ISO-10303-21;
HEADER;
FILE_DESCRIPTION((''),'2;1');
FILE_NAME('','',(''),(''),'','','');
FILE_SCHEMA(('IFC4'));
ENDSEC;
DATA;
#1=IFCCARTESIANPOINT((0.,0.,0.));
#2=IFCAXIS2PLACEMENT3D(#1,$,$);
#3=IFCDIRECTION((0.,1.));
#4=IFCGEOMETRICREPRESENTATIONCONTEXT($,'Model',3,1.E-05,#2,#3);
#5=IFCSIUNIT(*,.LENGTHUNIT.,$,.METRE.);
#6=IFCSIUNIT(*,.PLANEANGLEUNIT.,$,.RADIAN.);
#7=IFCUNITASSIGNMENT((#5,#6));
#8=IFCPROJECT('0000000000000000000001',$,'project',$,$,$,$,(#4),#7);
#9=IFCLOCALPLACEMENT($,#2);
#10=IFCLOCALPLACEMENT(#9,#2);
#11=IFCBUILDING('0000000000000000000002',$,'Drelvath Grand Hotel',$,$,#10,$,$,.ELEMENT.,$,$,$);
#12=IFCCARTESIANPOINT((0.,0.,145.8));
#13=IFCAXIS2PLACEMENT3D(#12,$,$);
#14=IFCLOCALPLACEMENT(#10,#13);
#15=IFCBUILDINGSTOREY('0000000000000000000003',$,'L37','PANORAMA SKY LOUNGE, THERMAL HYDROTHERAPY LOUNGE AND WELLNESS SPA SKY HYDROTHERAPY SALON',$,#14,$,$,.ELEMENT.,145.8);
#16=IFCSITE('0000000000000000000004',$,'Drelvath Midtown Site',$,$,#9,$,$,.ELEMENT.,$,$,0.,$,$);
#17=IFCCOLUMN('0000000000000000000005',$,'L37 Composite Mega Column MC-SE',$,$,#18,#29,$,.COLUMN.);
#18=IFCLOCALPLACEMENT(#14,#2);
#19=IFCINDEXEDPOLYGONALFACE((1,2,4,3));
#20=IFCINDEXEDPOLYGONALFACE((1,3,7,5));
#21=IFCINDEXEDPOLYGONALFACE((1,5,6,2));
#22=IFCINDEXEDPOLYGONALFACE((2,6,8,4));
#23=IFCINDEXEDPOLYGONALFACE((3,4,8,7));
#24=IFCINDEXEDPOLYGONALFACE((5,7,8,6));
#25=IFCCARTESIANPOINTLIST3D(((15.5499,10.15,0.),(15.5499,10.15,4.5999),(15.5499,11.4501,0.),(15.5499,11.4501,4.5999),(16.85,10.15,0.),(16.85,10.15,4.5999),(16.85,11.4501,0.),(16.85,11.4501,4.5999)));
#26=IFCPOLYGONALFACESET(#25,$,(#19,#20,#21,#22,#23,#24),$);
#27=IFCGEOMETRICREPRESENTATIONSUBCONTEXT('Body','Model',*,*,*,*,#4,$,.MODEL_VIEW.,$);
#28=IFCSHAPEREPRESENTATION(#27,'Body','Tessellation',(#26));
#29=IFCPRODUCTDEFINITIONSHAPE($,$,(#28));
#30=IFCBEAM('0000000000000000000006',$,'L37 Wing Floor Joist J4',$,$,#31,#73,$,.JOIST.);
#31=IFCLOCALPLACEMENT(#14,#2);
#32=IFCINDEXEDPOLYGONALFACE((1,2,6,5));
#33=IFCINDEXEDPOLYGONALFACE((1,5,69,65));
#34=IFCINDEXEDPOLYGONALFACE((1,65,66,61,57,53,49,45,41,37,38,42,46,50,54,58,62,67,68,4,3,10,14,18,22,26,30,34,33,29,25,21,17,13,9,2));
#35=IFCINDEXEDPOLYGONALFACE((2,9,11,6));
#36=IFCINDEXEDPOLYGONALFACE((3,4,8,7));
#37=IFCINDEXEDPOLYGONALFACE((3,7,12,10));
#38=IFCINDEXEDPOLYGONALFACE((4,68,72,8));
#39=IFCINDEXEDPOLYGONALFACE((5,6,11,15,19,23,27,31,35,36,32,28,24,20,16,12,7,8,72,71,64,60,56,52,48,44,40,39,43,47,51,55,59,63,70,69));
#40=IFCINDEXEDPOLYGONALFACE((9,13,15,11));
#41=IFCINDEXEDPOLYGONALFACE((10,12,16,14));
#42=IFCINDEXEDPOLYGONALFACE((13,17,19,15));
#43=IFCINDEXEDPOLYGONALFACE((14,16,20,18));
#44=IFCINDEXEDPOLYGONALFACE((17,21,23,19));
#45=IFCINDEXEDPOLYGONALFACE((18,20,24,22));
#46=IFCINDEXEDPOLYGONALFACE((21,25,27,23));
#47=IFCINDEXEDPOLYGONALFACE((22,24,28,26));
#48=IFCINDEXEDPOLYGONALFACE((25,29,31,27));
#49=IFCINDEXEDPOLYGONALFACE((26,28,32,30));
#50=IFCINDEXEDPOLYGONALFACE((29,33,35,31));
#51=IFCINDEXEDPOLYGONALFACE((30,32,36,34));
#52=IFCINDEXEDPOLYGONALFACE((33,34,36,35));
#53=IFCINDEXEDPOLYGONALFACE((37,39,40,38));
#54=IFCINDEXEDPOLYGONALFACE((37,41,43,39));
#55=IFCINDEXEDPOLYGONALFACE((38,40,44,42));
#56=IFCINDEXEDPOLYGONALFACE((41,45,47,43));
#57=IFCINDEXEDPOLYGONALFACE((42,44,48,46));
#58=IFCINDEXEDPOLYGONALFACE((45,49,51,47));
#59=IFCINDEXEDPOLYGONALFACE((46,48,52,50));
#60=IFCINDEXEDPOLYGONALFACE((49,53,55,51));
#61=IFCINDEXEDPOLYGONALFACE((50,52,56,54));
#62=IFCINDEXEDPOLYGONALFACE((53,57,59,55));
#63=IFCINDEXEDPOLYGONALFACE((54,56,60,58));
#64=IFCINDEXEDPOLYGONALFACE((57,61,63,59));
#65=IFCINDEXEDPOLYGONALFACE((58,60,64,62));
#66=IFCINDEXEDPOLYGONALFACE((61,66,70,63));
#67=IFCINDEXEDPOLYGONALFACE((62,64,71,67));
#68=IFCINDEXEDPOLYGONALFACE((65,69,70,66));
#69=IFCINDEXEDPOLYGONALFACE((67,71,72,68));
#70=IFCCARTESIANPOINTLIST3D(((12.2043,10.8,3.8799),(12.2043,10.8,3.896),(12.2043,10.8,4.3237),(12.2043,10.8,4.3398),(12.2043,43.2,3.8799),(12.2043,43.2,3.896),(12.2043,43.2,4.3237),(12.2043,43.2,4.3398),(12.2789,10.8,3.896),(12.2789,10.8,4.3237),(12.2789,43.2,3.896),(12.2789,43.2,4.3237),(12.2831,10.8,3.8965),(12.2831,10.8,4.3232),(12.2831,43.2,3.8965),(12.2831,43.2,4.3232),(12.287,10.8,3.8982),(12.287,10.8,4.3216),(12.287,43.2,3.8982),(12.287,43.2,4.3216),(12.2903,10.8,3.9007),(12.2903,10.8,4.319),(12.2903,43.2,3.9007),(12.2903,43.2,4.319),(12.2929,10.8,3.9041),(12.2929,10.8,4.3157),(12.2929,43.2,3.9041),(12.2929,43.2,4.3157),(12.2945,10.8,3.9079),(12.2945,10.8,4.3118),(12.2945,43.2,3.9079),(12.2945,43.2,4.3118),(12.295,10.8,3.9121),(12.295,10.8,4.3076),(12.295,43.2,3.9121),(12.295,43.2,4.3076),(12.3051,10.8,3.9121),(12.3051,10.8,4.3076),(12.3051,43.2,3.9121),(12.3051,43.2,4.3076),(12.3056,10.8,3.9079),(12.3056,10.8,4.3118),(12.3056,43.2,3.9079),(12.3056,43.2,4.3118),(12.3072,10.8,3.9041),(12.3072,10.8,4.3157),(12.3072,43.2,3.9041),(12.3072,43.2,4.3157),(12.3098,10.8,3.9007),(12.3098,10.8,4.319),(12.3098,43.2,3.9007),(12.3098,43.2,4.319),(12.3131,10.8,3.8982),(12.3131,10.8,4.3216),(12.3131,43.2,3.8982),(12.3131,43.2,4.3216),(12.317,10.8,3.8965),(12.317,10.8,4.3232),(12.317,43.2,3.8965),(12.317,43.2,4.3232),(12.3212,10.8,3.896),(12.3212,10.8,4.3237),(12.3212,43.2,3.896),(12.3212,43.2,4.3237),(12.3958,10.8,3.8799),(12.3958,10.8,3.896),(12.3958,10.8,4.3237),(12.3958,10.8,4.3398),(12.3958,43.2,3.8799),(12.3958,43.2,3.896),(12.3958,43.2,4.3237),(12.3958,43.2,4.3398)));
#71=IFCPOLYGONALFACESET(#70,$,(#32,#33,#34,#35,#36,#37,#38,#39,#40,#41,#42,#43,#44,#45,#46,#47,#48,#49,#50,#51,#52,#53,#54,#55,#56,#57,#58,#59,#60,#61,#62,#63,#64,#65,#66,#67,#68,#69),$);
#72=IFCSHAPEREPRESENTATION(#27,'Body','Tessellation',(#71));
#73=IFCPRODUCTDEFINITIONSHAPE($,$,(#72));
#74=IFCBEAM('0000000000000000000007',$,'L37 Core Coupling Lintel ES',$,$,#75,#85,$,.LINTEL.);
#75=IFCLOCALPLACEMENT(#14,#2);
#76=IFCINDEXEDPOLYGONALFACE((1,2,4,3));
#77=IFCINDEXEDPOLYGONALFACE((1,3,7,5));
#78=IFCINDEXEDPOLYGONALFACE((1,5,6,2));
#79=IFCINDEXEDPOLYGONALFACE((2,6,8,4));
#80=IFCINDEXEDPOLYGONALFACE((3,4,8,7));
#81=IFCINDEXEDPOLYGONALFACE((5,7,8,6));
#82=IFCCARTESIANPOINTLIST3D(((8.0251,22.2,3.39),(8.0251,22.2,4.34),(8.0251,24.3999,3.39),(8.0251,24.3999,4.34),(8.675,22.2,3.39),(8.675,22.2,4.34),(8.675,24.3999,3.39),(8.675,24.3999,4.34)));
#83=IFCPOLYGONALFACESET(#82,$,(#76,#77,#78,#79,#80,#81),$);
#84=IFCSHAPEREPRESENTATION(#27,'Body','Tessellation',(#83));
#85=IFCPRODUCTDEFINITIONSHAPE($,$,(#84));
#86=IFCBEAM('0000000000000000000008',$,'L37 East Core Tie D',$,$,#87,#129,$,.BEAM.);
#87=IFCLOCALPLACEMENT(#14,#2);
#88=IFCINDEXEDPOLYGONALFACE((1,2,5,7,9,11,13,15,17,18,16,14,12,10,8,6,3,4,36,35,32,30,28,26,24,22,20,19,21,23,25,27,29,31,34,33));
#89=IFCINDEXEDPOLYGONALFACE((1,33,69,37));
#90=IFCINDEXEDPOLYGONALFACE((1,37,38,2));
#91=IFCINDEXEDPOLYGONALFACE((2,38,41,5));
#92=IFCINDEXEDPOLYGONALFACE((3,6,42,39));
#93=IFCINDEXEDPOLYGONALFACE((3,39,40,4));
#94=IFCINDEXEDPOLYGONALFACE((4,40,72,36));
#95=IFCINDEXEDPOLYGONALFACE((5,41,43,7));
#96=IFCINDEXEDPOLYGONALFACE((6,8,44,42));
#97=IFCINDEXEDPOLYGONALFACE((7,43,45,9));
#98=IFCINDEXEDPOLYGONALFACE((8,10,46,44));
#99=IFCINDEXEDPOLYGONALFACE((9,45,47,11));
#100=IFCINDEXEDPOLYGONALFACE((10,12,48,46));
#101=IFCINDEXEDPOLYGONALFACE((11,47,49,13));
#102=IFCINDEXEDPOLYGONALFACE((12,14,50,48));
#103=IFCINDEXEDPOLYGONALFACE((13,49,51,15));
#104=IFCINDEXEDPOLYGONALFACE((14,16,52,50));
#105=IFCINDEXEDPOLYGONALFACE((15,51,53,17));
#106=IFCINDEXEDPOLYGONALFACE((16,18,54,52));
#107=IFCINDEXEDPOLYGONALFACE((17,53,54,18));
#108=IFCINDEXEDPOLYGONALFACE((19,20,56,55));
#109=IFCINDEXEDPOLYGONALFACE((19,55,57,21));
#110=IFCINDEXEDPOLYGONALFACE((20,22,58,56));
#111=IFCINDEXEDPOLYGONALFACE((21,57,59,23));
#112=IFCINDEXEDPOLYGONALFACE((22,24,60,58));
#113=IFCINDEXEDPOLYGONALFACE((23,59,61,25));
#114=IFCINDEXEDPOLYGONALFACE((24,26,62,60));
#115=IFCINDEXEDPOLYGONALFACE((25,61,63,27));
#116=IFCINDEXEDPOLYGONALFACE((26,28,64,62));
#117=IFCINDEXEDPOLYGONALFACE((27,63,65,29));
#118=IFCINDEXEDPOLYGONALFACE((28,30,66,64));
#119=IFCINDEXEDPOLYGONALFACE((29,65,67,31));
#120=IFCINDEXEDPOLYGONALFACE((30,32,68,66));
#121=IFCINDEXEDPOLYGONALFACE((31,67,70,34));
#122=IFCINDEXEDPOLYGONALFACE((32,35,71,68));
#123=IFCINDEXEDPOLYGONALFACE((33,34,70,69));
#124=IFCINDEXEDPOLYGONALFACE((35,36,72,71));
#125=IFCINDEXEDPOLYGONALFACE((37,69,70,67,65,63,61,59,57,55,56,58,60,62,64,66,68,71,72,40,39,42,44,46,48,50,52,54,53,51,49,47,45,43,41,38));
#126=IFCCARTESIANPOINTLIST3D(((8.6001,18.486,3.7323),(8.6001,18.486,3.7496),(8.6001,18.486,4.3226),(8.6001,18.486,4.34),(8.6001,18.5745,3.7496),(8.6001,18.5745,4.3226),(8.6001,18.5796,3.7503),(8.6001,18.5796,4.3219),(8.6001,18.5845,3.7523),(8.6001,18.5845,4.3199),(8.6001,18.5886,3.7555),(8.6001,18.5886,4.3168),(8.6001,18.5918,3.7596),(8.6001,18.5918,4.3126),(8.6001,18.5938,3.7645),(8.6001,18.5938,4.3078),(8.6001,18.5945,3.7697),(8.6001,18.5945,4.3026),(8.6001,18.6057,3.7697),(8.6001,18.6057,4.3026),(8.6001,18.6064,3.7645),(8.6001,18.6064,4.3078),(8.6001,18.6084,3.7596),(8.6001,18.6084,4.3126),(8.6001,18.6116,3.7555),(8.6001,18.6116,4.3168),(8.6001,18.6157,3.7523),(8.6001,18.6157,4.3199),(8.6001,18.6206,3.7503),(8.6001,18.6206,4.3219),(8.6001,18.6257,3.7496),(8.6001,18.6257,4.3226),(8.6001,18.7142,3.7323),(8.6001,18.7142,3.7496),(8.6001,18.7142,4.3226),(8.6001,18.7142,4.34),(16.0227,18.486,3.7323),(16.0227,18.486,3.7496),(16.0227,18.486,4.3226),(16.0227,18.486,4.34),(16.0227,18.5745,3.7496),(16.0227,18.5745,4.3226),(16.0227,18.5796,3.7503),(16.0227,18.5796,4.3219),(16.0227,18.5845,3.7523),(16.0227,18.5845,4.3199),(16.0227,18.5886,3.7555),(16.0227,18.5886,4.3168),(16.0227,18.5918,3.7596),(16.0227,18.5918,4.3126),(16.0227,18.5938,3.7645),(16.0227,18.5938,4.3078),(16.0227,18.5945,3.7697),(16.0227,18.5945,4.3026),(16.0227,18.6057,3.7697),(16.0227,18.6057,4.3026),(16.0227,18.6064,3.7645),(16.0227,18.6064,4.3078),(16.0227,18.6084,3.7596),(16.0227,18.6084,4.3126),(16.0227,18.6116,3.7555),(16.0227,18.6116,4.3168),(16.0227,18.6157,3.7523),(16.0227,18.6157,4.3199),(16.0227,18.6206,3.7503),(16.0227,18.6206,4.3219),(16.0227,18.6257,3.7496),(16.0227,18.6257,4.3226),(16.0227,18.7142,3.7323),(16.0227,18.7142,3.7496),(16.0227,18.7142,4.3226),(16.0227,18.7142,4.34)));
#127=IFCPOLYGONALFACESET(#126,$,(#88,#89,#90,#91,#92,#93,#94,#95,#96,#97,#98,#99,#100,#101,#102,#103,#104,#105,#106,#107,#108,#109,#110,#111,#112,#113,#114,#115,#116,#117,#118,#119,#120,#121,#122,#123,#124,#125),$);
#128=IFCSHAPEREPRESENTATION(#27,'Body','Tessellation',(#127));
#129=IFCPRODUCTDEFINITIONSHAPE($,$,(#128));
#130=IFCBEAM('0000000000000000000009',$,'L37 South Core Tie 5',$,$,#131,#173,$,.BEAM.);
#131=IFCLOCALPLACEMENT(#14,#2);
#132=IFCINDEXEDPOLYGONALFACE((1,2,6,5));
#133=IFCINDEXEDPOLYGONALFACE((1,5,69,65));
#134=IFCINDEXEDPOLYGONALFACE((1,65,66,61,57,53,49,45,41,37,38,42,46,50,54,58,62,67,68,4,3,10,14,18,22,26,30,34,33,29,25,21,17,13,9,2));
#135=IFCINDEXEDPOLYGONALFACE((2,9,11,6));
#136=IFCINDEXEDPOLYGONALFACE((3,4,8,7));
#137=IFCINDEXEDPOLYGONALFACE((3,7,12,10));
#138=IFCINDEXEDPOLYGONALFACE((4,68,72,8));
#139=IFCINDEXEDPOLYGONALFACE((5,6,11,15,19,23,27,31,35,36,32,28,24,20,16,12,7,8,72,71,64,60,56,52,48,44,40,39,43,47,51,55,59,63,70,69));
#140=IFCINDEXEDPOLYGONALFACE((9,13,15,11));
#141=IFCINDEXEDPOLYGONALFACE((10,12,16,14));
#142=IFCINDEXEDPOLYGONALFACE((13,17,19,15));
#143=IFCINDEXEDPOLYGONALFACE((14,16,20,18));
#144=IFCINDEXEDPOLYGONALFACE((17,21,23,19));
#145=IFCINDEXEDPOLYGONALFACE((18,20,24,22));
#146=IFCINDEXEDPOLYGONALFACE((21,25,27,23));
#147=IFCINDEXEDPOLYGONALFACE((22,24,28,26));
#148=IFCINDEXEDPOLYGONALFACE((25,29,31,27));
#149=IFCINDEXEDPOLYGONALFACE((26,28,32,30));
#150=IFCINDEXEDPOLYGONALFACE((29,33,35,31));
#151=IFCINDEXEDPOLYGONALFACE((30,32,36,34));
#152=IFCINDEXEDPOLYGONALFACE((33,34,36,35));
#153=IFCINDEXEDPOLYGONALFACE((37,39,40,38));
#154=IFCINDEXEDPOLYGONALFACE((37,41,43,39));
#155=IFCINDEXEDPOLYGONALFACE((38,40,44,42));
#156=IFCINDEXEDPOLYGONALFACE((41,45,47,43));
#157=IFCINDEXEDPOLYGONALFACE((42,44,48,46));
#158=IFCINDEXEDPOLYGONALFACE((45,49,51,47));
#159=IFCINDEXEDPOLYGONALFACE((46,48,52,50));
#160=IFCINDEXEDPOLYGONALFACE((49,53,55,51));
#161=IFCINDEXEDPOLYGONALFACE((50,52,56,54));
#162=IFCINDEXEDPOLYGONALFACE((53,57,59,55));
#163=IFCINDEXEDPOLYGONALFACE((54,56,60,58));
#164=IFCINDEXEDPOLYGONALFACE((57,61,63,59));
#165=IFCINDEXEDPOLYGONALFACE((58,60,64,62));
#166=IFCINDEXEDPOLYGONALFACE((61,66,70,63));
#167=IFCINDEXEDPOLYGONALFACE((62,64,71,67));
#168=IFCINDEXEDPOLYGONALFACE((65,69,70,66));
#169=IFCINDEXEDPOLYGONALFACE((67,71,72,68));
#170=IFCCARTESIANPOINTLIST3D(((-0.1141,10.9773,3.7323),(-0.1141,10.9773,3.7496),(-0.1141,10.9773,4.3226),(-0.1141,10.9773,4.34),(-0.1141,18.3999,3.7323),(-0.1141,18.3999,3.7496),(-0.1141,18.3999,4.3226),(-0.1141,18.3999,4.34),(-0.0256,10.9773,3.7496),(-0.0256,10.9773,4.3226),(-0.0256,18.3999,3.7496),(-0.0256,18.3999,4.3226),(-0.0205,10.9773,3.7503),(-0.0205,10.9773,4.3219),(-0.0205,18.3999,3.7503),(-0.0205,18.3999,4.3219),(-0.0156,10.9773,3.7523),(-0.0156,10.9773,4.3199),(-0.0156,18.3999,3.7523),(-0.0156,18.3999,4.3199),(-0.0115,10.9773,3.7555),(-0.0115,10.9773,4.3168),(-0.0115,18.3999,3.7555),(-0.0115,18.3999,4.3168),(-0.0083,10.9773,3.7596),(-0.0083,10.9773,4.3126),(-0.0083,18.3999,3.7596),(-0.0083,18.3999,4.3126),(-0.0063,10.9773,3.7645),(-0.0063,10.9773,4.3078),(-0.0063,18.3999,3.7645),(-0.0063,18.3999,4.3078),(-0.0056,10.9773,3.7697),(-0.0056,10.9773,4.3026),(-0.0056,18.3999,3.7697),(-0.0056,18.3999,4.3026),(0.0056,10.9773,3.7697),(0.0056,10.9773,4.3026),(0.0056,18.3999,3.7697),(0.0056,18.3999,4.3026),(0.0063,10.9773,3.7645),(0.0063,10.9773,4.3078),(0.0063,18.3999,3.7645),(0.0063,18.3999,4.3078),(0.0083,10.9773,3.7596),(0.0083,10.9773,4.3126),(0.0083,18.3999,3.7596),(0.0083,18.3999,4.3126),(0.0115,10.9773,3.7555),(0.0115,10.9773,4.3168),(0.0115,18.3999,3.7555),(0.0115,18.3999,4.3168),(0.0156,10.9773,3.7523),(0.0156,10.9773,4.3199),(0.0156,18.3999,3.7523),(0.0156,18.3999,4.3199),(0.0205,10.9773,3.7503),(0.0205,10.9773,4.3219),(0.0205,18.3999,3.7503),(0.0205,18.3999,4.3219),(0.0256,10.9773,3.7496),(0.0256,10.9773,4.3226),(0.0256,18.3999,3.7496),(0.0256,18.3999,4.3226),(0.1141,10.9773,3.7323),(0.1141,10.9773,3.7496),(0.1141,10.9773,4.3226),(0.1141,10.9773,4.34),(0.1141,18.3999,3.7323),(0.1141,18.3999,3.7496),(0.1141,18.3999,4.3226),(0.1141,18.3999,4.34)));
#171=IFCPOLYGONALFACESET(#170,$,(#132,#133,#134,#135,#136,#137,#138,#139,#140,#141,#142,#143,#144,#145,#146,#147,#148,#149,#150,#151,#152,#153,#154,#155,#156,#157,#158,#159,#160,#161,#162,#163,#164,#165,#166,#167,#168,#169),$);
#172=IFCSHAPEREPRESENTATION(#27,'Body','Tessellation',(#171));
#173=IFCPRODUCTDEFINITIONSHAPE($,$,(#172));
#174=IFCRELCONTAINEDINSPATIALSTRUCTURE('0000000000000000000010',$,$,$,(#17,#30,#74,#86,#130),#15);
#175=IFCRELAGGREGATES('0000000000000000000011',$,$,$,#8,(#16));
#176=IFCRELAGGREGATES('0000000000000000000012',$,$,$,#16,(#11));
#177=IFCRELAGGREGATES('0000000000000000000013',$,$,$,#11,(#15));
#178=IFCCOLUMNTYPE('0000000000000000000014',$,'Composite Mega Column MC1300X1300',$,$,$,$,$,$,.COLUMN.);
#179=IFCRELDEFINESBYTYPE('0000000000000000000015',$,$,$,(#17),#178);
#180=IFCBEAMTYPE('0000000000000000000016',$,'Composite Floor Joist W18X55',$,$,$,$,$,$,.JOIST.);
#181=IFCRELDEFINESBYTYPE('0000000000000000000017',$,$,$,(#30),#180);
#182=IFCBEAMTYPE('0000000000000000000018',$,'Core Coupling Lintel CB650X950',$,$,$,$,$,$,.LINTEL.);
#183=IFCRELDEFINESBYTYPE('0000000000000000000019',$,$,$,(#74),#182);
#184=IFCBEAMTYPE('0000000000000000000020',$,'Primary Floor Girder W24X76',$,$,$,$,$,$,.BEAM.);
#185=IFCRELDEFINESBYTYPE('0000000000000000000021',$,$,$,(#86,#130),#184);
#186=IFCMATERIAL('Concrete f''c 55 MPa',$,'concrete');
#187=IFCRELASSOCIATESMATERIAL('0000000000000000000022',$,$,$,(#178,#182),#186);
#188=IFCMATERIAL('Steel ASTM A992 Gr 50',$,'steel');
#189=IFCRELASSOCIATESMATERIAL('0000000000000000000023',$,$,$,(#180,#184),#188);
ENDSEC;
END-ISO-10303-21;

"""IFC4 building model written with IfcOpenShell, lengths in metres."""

from ifc_helpers import new_model, si_unit, direction, frame, origin, origin_2d, place, context, subcontext, project, spatial, rectangle, i_section, extrude, material, material_profile, profile_set, type_object, element, save


model = new_model("IFC4")

# Units and contexts
model_context = context("Model", 3, precision=1e-05, world=origin(), true_north=direction((0.0, 1.0)))
body_context = subcontext(model_context, "Body", "Model", "MODEL_VIEW")
ifc_project = project(units=[si_unit("LENGTHUNIT", "METRE"), si_unit("PLANEANGLEUNIT", "RADIAN")], contexts=[model_context])

# Site, building, storey
site_placement = place(None, origin())
site = spatial("IfcSite", under=ifc_project, at=site_placement, Name="Drelvath Midtown Site", CompositionType="ELEMENT", RefElevation=0.0)
building_placement = place(site_placement, origin())
building = spatial("IfcBuilding", under=site, at=building_placement, Name="Drelvath Grand Hotel", CompositionType="ELEMENT")
storey_placement = place(building_placement, frame((0.0, 0.0, 145.8)))
storey = spatial("IfcBuildingStorey", under=building, at=storey_placement, Name="L37", Description="PANORAMA SKY LOUNGE, THERMAL HYDROTHERAPY LOUNGE AND WELLNESS SPA SKY HYDROTHERAPY SALON", CompositionType="ELEMENT", Elevation=145.8)

# Column
ifc_material_1 = material(Name="Concrete f'c 55 MPa", Category="concrete")
ifc_material_profile_1 = material_profile(ifc_material_1, rectangle(XDim=1.3, YDim=1.3, at=origin_2d()), Name="MC1300X1300")
ifc_profile_set_1 = profile_set([ifc_material_profile_1], Name="Concrete f'c 55 MPa")
column_type = type_object("IfcColumnType", Name="Composite Mega Column MC1300X1300", PredefinedType="COLUMN", material=ifc_profile_set_1)
column_placement = place(storey_placement, frame((16.2, 10.8, 0.0), z_axis=(0.0, 0.0, 1.0), x_axis=(1.0, 0.0, 0.0)))
element("IfcColumn", 1, at=column_placement, inside=storey, type_object=column_type, Name="L37 Composite Mega Column MC-SE", PredefinedType="COLUMN", context=body_context, shape_type="SweptSolid", body=[
    extrude(rectangle(XDim=1.3, YDim=1.3, at=origin_2d()), origin(), (0.0, 0.0, 1.0), 4.5999),
])

# Beams
ifc_material_2 = material(Name="Steel ASTM A992 Gr 50", Category="steel")
ifc_material_profile_2 = material_profile(ifc_material_2, i_section(OverallWidth=0.1914, OverallDepth=0.46, WebThickness=0.01, FlangeThickness=0.0161, FilletRadius=0.0161, at=origin_2d()), Name="W18X55")
ifc_profile_set_2 = profile_set([ifc_material_profile_2], Name="Steel ASTM A992 Gr 50")
beam_type_1 = type_object("IfcBeamType", Name="Composite Floor Joist W18X55", PredefinedType="JOIST", material=ifc_profile_set_2)
beam_1_placement = place(storey_placement, frame((12.3, 10.8, 4.1099), z_axis=(0.0, 1.0, 0.0), x_axis=(-1.0, 0.0, 0.0)))
element("IfcBeam", 2, at=beam_1_placement, inside=storey, type_object=beam_type_1, Name="L37 Wing Floor Joist J4", PredefinedType="JOIST", context=body_context, shape_type="SweptSolid", body=[
    extrude(i_section(OverallWidth=0.1914, OverallDepth=0.46, WebThickness=0.01, FlangeThickness=0.0161, FilletRadius=0.0161, at=origin_2d()), origin(), (0.0, 0.0, 1.0), 32.3999),
])
ifc_material_profile_3 = material_profile(ifc_material_1, rectangle(XDim=0.6499, YDim=0.95, at=origin_2d()), Name="CB650X950")
ifc_profile_set_3 = profile_set([ifc_material_profile_3], Name="Concrete f'c 55 MPa")
beam_type_2 = type_object("IfcBeamType", Name="Core Coupling Lintel CB650X950", PredefinedType="LINTEL", material=ifc_profile_set_3)
beam_2_placement = place(storey_placement, frame((8.3501, 22.2, 3.865), z_axis=(0.0, 1.0, 0.0), x_axis=(-1.0, 0.0, 0.0)))
element("IfcBeam", 3, at=beam_2_placement, inside=storey, type_object=beam_type_2, Name="L37 Core Coupling Lintel ES", PredefinedType="LINTEL", context=body_context, shape_type="SweptSolid", body=[
    extrude(rectangle(XDim=0.6499, YDim=0.95, at=origin_2d()), origin(), (0.0, 0.0, 1.0), 2.2),
])
ifc_material_profile_4 = material_profile(ifc_material_2, i_section(OverallWidth=0.2283, OverallDepth=0.6077, WebThickness=0.0112, FlangeThickness=0.0173, FilletRadius=0.02, at=origin_2d()), Name="W24X76")
ifc_profile_set_4 = profile_set([ifc_material_profile_4], Name="Steel ASTM A992 Gr 50")
beam_type_3 = type_object("IfcBeamType", Name="Primary Floor Girder W24X76", PredefinedType="BEAM", material=ifc_profile_set_4)
for number, where, z_axis, x_axis, name in (
    (4, (8.6001, 18.6001, 4.0361), (1.0, 0.0, 0.0), (0.0, 1.0, 0.0), "L37 East Core Tie D"),
    (5, (0.0, 10.9773, 4.0361), (0.0, 1.0, 0.0), (-1.0, 0.0, 0.0), "L37 South Core Tie 5"),
):
    element("IfcBeam", number, at=place(storey_placement, frame(where, z_axis=z_axis, x_axis=x_axis)), inside=storey, type_object=beam_type_3, Name=name, PredefinedType="BEAM", context=body_context, shape_type="SweptSolid", body=[
        extrude(i_section(OverallWidth=0.2283, OverallDepth=0.6077, WebThickness=0.0112, FlangeThickness=0.0173, FilletRadius=0.02, at=origin_2d()), origin(), (0.0, 0.0, 1.0), 7.4226),
    ])

save(model, "model.ifc")
